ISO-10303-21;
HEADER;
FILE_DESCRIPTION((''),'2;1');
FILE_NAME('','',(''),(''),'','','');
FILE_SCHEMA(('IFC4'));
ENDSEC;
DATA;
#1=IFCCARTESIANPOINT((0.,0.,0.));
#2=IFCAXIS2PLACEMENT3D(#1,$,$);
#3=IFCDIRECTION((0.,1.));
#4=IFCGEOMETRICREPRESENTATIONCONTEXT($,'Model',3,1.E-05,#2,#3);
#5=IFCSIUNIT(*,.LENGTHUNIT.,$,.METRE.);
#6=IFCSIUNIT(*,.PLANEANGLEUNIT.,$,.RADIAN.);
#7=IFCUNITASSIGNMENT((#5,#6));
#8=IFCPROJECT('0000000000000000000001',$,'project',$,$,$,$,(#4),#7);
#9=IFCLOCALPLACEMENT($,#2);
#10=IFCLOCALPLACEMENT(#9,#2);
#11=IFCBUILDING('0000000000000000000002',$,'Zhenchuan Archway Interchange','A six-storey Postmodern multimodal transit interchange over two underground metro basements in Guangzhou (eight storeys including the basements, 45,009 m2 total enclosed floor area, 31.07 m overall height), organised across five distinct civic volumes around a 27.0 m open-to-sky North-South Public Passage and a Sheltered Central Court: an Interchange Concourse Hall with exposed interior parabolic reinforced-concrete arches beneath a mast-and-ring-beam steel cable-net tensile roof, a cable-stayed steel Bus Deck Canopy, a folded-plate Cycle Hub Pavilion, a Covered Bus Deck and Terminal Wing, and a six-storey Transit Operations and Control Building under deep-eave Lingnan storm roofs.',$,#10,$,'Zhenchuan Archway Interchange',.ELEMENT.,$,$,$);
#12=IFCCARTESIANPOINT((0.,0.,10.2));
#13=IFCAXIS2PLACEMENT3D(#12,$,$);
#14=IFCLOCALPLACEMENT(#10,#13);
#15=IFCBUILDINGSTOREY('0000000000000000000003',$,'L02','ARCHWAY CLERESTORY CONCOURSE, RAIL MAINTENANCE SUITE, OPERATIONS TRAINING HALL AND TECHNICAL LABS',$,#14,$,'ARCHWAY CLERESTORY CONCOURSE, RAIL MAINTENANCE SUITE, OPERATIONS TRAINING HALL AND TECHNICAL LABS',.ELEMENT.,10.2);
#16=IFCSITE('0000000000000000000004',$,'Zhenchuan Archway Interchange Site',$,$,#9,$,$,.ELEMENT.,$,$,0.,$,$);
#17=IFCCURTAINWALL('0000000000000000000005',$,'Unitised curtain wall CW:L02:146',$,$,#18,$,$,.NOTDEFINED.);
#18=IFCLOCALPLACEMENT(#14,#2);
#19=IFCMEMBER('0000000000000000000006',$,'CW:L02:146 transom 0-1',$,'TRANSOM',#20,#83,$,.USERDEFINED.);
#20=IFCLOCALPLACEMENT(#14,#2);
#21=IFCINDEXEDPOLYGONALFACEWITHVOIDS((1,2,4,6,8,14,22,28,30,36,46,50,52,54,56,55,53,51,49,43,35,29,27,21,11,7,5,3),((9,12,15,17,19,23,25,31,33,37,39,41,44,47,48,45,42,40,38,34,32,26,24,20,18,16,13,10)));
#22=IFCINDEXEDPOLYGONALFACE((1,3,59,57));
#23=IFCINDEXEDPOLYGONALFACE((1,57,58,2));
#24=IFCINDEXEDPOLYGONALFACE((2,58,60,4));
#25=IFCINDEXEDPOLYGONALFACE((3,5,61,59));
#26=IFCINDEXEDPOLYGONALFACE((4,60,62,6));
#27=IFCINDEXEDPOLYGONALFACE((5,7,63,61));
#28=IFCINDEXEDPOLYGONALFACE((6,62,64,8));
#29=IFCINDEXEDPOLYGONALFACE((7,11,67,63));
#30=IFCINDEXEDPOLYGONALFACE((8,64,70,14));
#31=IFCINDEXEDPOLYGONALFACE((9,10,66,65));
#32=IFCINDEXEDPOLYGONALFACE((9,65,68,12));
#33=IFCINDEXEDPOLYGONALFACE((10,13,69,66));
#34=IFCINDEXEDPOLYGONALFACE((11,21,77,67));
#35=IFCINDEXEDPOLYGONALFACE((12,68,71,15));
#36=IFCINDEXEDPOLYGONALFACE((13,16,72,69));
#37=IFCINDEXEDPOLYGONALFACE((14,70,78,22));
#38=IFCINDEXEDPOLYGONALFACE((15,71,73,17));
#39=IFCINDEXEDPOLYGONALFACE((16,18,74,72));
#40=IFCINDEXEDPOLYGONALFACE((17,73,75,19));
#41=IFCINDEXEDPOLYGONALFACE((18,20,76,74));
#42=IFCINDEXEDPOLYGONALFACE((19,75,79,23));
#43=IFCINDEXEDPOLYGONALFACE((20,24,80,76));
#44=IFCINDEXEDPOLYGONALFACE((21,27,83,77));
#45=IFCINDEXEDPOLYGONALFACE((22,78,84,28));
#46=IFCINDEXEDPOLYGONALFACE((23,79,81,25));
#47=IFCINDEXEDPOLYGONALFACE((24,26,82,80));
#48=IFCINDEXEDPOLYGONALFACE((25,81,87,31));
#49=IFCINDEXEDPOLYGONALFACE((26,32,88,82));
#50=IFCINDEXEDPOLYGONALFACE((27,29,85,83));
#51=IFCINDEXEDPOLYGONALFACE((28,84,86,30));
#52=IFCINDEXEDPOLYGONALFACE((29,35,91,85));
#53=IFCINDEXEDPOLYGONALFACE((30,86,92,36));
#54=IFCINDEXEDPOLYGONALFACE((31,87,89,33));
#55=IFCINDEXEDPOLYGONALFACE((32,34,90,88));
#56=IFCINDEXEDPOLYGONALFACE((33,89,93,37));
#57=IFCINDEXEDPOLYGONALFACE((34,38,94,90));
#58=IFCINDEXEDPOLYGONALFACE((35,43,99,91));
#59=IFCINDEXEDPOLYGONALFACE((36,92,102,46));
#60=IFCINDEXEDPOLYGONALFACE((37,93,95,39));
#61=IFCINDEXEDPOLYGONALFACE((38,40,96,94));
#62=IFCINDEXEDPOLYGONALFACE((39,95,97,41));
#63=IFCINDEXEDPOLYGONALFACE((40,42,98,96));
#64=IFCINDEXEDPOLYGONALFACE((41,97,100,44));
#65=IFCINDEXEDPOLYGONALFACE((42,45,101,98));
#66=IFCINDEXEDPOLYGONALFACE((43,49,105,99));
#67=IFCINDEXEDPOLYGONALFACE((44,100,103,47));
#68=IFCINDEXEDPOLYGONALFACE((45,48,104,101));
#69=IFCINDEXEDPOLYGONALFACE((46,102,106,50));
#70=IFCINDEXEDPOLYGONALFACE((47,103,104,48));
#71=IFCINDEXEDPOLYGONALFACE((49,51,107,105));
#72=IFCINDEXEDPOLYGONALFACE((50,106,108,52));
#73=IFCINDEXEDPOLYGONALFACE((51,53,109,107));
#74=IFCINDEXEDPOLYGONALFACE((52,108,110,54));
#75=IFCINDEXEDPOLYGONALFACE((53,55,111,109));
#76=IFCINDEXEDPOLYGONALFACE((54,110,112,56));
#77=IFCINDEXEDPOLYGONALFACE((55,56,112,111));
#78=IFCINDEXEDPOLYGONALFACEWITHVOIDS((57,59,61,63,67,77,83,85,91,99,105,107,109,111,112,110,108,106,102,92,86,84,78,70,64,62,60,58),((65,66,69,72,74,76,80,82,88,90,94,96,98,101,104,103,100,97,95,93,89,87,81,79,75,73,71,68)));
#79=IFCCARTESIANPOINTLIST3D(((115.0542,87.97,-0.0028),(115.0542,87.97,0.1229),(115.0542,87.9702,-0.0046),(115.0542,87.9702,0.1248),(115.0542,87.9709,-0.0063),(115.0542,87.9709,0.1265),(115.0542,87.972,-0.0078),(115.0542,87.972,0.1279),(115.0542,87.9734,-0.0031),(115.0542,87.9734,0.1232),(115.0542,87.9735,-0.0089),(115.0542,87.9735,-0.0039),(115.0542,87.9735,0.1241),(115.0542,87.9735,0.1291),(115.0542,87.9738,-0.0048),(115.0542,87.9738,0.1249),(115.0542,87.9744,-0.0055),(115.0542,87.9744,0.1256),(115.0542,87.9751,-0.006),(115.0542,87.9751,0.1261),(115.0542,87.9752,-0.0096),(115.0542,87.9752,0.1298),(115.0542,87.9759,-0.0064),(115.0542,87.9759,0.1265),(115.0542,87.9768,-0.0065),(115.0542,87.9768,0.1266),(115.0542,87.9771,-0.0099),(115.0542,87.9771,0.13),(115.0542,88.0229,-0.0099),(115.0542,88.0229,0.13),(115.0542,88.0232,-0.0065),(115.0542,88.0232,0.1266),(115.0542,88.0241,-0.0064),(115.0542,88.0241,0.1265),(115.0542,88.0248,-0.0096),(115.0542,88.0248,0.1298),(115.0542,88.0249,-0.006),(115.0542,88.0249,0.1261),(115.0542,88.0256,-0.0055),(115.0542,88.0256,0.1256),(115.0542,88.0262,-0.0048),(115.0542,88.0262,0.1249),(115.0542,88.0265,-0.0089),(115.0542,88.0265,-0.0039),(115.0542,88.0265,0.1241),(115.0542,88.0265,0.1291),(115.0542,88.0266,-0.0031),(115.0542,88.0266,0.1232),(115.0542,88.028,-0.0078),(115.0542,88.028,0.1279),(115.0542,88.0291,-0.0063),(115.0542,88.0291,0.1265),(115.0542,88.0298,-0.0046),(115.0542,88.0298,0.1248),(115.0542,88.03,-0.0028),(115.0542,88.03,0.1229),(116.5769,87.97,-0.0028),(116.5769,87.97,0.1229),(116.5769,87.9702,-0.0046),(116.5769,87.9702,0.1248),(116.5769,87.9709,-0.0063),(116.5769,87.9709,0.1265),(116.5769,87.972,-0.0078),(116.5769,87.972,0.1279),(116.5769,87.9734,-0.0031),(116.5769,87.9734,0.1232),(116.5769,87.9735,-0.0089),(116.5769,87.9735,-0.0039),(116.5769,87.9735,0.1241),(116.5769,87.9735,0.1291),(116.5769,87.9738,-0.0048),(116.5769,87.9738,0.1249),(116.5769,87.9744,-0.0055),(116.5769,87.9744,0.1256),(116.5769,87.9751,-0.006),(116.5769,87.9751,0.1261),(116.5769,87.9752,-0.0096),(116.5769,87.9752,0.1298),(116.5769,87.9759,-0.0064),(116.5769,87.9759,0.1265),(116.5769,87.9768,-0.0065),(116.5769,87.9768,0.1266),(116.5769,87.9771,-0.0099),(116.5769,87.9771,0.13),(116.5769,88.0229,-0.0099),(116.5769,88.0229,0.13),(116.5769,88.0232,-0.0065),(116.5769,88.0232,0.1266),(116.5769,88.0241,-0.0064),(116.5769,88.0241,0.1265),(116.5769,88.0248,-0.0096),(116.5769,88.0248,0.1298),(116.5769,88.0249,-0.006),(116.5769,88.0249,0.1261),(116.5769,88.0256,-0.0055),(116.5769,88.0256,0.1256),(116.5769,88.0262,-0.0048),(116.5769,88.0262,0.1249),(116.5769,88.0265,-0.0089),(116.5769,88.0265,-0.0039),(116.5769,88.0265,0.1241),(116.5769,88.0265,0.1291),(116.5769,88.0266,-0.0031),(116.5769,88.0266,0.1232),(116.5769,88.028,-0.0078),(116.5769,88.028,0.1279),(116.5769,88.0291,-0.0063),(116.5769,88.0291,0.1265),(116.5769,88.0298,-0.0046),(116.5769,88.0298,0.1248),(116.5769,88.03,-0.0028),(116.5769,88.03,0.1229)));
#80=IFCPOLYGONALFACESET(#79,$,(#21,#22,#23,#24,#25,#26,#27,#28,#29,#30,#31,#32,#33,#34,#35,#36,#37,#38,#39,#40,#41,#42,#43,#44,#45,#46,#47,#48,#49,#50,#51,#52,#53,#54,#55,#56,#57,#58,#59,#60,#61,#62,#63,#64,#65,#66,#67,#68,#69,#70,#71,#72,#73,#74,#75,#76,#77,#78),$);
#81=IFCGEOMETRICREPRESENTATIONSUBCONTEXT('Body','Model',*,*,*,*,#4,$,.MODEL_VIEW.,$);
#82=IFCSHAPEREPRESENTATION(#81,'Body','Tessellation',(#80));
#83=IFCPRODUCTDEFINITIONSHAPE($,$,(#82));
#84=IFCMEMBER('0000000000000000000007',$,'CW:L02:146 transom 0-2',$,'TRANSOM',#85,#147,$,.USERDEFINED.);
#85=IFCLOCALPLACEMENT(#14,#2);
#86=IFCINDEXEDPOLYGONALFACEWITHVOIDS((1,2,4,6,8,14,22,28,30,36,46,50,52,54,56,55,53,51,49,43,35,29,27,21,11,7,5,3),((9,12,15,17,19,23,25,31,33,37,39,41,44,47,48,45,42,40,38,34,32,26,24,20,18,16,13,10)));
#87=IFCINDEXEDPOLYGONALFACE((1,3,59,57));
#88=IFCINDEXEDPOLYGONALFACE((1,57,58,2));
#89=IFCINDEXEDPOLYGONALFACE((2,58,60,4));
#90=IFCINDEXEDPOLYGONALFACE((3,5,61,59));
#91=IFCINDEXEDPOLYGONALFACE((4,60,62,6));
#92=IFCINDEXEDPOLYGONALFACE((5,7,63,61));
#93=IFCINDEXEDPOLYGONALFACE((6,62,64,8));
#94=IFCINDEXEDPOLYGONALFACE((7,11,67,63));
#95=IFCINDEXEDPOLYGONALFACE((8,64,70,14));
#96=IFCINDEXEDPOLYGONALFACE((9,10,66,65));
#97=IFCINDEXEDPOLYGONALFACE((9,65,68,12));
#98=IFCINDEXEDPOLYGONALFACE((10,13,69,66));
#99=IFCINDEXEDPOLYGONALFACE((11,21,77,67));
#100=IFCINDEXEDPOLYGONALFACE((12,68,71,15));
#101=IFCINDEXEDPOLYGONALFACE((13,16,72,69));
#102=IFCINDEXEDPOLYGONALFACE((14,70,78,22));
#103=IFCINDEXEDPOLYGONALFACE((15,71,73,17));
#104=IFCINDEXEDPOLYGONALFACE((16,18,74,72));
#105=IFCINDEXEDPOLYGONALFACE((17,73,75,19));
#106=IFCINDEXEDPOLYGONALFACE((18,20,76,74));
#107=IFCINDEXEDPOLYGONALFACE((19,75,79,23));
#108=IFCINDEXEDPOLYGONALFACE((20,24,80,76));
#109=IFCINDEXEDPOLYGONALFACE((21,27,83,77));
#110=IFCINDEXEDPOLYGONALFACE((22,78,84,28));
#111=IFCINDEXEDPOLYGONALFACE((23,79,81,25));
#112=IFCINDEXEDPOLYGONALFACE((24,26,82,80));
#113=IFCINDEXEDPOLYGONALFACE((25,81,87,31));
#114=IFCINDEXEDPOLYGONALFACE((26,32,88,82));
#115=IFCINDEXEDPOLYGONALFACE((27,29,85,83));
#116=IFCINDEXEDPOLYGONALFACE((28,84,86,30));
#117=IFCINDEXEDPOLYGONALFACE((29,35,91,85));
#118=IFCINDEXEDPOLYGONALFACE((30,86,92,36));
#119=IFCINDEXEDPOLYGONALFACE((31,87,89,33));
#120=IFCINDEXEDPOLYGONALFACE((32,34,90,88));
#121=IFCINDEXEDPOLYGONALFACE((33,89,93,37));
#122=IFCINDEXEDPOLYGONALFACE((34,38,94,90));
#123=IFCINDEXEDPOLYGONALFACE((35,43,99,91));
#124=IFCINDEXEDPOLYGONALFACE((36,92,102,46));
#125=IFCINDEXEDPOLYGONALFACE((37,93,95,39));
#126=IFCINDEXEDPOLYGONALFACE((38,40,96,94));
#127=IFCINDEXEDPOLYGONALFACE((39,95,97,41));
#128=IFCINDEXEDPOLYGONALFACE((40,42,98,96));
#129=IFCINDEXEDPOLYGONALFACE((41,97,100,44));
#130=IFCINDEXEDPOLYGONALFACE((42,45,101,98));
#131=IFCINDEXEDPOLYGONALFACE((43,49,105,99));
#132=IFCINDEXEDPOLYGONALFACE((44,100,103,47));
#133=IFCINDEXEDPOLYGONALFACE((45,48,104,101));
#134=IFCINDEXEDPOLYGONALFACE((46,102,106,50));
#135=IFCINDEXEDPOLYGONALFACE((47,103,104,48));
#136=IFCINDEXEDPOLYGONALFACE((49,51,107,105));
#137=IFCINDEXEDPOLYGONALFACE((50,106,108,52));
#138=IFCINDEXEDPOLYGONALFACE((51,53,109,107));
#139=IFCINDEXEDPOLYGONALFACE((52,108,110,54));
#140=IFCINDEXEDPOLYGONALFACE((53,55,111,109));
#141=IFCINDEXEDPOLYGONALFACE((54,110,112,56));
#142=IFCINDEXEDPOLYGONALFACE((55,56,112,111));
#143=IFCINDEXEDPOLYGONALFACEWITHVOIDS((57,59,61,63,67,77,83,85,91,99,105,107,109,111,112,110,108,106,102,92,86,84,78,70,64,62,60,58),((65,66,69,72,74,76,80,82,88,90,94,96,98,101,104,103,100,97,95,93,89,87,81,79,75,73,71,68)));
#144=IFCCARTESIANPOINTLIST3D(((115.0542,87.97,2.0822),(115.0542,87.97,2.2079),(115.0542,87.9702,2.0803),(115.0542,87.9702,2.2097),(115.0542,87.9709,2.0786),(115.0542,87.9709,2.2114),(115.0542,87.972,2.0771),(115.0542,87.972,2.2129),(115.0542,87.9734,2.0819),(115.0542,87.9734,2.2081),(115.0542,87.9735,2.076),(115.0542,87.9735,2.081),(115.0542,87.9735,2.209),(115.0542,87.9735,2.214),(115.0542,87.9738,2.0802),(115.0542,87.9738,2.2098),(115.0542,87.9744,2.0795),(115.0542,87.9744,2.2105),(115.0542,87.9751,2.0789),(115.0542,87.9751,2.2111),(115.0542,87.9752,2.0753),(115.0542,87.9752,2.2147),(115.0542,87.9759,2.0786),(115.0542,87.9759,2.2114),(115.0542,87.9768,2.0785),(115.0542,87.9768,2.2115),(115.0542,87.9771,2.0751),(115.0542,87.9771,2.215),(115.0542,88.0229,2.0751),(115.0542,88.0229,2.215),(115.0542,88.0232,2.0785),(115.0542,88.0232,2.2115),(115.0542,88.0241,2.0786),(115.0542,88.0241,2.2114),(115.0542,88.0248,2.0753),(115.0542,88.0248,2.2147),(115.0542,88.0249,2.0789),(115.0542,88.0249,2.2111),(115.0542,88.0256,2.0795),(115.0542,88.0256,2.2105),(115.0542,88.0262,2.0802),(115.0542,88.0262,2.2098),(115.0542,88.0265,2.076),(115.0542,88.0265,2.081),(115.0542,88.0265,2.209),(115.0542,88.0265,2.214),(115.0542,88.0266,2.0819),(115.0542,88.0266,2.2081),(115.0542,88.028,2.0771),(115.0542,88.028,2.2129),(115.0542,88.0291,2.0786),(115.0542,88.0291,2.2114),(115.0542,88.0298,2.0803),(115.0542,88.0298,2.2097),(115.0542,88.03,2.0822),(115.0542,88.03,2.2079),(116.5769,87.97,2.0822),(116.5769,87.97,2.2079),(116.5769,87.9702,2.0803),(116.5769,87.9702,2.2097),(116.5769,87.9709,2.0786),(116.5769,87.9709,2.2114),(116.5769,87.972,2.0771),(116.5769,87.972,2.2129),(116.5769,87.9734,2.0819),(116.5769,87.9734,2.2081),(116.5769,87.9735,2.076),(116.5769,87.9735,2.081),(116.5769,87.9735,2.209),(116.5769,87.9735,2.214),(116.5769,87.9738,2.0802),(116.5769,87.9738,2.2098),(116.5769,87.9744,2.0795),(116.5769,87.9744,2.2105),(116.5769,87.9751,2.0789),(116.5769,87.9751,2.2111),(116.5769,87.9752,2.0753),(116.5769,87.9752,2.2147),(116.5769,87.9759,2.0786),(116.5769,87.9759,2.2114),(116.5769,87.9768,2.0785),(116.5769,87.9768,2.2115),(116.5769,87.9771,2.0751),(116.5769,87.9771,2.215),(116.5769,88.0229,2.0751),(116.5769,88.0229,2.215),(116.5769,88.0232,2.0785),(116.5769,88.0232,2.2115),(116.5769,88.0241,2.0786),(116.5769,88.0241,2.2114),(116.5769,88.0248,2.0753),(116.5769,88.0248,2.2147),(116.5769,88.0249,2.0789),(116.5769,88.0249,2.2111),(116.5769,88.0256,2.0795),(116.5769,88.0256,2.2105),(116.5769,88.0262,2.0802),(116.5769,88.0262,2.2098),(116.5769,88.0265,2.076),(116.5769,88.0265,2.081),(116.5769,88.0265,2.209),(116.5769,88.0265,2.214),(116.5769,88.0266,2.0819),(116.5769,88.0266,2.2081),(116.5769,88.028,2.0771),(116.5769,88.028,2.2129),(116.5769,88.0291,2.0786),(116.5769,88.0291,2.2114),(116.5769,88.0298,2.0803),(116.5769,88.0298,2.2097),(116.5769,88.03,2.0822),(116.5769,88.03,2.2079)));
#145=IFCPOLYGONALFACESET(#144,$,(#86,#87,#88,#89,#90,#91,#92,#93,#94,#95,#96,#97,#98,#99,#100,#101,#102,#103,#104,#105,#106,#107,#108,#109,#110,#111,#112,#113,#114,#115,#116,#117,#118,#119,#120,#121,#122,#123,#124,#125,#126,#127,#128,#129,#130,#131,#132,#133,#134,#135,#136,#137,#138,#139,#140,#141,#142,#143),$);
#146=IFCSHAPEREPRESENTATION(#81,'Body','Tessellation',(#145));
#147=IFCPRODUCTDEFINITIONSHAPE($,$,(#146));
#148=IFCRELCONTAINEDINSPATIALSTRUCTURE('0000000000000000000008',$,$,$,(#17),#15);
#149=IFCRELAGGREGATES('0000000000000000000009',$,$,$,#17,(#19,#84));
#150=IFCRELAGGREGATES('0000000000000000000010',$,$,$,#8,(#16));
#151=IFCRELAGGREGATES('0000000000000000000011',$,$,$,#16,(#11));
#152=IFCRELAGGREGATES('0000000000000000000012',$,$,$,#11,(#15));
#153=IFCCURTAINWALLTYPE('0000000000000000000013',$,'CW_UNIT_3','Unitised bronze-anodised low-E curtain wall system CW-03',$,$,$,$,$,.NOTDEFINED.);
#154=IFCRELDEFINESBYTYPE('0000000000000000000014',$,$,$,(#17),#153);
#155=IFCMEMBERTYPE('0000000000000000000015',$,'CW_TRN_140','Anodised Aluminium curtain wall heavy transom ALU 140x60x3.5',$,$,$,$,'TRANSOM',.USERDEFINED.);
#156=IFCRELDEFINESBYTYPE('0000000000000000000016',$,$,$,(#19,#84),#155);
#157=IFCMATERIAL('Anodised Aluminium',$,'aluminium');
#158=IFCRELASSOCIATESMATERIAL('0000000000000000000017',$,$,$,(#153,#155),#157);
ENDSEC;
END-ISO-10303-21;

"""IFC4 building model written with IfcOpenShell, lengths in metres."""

from ifc_helpers import new_model, si_unit, direction, frame, origin, origin_2d, place, context, subcontext, project, spatial, hollow_rectangle, extrude, material, material_profile, profile_set, type_object, element, aggregate, save


model = new_model("IFC4")

# Units and contexts
model_context = context("Model", 3, precision=1e-05, world=origin(), true_north=direction((0.0, 1.0)))
body_context = subcontext(model_context, "Body", "Model", "MODEL_VIEW")
ifc_project = project(units=[si_unit("LENGTHUNIT", "METRE"), si_unit("PLANEANGLEUNIT", "RADIAN")], contexts=[model_context])

# Site, building, storey
site_placement = place(None, origin())
site = spatial("IfcSite", under=ifc_project, at=site_placement, Name="Zhenchuan Archway Interchange Site", CompositionType="ELEMENT", RefElevation=0.0)
building_placement = place(site_placement, origin())
building = spatial("IfcBuilding", under=site, at=building_placement, Name="Zhenchuan Archway Interchange", Description="A six-storey Postmodern multimodal transit interchange over two underground metro basements in Guangzhou (eight storeys including the basements, 45,009 m2 total enclosed floor area, 31.07 m overall height), organised across five distinct civic volumes around a 27.0 m open-to-sky North-South Public Passage and a Sheltered Central Court: an Interchange Concourse Hall with exposed interior parabolic reinforced-concrete arches beneath a mast-and-ring-beam steel cable-net tensile roof, a cable-stayed steel Bus Deck Canopy, a folded-plate Cycle Hub Pavilion, a Covered Bus Deck and Terminal Wing, and a six-storey Transit Operations and Control Building under deep-eave Lingnan storm roofs.", LongName="Zhenchuan Archway Interchange", CompositionType="ELEMENT")
storey_placement = place(building_placement, frame((0.0, 0.0, 10.2)))
storey = spatial("IfcBuildingStorey", under=building, at=storey_placement, Name="L02", Description="ARCHWAY CLERESTORY CONCOURSE, RAIL MAINTENANCE SUITE, OPERATIONS TRAINING HALL AND TECHNICAL LABS", LongName="ARCHWAY CLERESTORY CONCOURSE, RAIL MAINTENANCE SUITE, OPERATIONS TRAINING HALL AND TECHNICAL LABS", CompositionType="ELEMENT", Elevation=10.2)

# Curtain wall, members
ifc_material_1 = material(Name="Anodised Aluminium", Category="aluminium")
curtain_wall_type = type_object("IfcCurtainWallType", Name="CW_UNIT_3", Description="Unitised bronze-anodised low-E curtain wall system CW-03", PredefinedType="NOTDEFINED", material=ifc_material_1)
curtain_wall_placement = place(storey_placement, origin())
curtain_wall = element("IfcCurtainWall", 1, at=curtain_wall_placement, inside=storey, type_object=curtain_wall_type, Name="Unitised curtain wall CW:L02:146", PredefinedType="NOTDEFINED")
ifc_material_profile_1 = material_profile(ifc_material_1, hollow_rectangle(XDim=0.0601, YDim=0.1399, WallThickness=0.0034, InnerFilletRadius=0.0034, OuterFilletRadius=0.0071, at=origin_2d()), Name="ALU 140x60x3.5")
ifc_profile_set_1 = profile_set([ifc_material_profile_1], Name="Anodised Aluminium")
member_type_1 = type_object("IfcMemberType", Name="CW_TRN_140", Description="Anodised Aluminium curtain wall heavy transom ALU 140x60x3.5", ElementType="TRANSOM", PredefinedType="USERDEFINED", material=ifc_profile_set_1)
member_1_placement = place(storey_placement, frame((116.5769, 88.0, 0.0601), z_axis=(-1.0, 0.0, 0.0), x_axis=(0.0, -1.0, 0.0)))
member_1 = element("IfcMember", 2, at=member_1_placement, type_object=member_type_1, Name="CW:L02:146 transom 0-1", ObjectType="TRANSOM", PredefinedType="USERDEFINED", context=body_context, shape_type="SweptSolid", body=[
    extrude(hollow_rectangle(XDim=0.0601, YDim=0.1399, WallThickness=0.0034, InnerFilletRadius=0.0034, OuterFilletRadius=0.0071, at=origin_2d()), origin(), (0.0, 0.0, 1.0), 1.5227),
])
member_2_placement = place(storey_placement, frame((116.5769, 88.0, 2.145), z_axis=(-1.0, 0.0, 0.0), x_axis=(0.0, -1.0, 0.0)))
member_2 = element("IfcMember", 3, at=member_2_placement, type_object=member_type_1, Name="CW:L02:146 transom 0-2", ObjectType="TRANSOM", PredefinedType="USERDEFINED", context=body_context, shape_type="SweptSolid", body=[
    extrude(hollow_rectangle(XDim=0.0601, YDim=0.1399, WallThickness=0.0034, InnerFilletRadius=0.0034, OuterFilletRadius=0.0071, at=origin_2d()), origin(), (0.0, 0.0, 1.0), 1.5227),
])

aggregate(curtain_wall, [member_1, member_2])

save(model, "model.ifc")
